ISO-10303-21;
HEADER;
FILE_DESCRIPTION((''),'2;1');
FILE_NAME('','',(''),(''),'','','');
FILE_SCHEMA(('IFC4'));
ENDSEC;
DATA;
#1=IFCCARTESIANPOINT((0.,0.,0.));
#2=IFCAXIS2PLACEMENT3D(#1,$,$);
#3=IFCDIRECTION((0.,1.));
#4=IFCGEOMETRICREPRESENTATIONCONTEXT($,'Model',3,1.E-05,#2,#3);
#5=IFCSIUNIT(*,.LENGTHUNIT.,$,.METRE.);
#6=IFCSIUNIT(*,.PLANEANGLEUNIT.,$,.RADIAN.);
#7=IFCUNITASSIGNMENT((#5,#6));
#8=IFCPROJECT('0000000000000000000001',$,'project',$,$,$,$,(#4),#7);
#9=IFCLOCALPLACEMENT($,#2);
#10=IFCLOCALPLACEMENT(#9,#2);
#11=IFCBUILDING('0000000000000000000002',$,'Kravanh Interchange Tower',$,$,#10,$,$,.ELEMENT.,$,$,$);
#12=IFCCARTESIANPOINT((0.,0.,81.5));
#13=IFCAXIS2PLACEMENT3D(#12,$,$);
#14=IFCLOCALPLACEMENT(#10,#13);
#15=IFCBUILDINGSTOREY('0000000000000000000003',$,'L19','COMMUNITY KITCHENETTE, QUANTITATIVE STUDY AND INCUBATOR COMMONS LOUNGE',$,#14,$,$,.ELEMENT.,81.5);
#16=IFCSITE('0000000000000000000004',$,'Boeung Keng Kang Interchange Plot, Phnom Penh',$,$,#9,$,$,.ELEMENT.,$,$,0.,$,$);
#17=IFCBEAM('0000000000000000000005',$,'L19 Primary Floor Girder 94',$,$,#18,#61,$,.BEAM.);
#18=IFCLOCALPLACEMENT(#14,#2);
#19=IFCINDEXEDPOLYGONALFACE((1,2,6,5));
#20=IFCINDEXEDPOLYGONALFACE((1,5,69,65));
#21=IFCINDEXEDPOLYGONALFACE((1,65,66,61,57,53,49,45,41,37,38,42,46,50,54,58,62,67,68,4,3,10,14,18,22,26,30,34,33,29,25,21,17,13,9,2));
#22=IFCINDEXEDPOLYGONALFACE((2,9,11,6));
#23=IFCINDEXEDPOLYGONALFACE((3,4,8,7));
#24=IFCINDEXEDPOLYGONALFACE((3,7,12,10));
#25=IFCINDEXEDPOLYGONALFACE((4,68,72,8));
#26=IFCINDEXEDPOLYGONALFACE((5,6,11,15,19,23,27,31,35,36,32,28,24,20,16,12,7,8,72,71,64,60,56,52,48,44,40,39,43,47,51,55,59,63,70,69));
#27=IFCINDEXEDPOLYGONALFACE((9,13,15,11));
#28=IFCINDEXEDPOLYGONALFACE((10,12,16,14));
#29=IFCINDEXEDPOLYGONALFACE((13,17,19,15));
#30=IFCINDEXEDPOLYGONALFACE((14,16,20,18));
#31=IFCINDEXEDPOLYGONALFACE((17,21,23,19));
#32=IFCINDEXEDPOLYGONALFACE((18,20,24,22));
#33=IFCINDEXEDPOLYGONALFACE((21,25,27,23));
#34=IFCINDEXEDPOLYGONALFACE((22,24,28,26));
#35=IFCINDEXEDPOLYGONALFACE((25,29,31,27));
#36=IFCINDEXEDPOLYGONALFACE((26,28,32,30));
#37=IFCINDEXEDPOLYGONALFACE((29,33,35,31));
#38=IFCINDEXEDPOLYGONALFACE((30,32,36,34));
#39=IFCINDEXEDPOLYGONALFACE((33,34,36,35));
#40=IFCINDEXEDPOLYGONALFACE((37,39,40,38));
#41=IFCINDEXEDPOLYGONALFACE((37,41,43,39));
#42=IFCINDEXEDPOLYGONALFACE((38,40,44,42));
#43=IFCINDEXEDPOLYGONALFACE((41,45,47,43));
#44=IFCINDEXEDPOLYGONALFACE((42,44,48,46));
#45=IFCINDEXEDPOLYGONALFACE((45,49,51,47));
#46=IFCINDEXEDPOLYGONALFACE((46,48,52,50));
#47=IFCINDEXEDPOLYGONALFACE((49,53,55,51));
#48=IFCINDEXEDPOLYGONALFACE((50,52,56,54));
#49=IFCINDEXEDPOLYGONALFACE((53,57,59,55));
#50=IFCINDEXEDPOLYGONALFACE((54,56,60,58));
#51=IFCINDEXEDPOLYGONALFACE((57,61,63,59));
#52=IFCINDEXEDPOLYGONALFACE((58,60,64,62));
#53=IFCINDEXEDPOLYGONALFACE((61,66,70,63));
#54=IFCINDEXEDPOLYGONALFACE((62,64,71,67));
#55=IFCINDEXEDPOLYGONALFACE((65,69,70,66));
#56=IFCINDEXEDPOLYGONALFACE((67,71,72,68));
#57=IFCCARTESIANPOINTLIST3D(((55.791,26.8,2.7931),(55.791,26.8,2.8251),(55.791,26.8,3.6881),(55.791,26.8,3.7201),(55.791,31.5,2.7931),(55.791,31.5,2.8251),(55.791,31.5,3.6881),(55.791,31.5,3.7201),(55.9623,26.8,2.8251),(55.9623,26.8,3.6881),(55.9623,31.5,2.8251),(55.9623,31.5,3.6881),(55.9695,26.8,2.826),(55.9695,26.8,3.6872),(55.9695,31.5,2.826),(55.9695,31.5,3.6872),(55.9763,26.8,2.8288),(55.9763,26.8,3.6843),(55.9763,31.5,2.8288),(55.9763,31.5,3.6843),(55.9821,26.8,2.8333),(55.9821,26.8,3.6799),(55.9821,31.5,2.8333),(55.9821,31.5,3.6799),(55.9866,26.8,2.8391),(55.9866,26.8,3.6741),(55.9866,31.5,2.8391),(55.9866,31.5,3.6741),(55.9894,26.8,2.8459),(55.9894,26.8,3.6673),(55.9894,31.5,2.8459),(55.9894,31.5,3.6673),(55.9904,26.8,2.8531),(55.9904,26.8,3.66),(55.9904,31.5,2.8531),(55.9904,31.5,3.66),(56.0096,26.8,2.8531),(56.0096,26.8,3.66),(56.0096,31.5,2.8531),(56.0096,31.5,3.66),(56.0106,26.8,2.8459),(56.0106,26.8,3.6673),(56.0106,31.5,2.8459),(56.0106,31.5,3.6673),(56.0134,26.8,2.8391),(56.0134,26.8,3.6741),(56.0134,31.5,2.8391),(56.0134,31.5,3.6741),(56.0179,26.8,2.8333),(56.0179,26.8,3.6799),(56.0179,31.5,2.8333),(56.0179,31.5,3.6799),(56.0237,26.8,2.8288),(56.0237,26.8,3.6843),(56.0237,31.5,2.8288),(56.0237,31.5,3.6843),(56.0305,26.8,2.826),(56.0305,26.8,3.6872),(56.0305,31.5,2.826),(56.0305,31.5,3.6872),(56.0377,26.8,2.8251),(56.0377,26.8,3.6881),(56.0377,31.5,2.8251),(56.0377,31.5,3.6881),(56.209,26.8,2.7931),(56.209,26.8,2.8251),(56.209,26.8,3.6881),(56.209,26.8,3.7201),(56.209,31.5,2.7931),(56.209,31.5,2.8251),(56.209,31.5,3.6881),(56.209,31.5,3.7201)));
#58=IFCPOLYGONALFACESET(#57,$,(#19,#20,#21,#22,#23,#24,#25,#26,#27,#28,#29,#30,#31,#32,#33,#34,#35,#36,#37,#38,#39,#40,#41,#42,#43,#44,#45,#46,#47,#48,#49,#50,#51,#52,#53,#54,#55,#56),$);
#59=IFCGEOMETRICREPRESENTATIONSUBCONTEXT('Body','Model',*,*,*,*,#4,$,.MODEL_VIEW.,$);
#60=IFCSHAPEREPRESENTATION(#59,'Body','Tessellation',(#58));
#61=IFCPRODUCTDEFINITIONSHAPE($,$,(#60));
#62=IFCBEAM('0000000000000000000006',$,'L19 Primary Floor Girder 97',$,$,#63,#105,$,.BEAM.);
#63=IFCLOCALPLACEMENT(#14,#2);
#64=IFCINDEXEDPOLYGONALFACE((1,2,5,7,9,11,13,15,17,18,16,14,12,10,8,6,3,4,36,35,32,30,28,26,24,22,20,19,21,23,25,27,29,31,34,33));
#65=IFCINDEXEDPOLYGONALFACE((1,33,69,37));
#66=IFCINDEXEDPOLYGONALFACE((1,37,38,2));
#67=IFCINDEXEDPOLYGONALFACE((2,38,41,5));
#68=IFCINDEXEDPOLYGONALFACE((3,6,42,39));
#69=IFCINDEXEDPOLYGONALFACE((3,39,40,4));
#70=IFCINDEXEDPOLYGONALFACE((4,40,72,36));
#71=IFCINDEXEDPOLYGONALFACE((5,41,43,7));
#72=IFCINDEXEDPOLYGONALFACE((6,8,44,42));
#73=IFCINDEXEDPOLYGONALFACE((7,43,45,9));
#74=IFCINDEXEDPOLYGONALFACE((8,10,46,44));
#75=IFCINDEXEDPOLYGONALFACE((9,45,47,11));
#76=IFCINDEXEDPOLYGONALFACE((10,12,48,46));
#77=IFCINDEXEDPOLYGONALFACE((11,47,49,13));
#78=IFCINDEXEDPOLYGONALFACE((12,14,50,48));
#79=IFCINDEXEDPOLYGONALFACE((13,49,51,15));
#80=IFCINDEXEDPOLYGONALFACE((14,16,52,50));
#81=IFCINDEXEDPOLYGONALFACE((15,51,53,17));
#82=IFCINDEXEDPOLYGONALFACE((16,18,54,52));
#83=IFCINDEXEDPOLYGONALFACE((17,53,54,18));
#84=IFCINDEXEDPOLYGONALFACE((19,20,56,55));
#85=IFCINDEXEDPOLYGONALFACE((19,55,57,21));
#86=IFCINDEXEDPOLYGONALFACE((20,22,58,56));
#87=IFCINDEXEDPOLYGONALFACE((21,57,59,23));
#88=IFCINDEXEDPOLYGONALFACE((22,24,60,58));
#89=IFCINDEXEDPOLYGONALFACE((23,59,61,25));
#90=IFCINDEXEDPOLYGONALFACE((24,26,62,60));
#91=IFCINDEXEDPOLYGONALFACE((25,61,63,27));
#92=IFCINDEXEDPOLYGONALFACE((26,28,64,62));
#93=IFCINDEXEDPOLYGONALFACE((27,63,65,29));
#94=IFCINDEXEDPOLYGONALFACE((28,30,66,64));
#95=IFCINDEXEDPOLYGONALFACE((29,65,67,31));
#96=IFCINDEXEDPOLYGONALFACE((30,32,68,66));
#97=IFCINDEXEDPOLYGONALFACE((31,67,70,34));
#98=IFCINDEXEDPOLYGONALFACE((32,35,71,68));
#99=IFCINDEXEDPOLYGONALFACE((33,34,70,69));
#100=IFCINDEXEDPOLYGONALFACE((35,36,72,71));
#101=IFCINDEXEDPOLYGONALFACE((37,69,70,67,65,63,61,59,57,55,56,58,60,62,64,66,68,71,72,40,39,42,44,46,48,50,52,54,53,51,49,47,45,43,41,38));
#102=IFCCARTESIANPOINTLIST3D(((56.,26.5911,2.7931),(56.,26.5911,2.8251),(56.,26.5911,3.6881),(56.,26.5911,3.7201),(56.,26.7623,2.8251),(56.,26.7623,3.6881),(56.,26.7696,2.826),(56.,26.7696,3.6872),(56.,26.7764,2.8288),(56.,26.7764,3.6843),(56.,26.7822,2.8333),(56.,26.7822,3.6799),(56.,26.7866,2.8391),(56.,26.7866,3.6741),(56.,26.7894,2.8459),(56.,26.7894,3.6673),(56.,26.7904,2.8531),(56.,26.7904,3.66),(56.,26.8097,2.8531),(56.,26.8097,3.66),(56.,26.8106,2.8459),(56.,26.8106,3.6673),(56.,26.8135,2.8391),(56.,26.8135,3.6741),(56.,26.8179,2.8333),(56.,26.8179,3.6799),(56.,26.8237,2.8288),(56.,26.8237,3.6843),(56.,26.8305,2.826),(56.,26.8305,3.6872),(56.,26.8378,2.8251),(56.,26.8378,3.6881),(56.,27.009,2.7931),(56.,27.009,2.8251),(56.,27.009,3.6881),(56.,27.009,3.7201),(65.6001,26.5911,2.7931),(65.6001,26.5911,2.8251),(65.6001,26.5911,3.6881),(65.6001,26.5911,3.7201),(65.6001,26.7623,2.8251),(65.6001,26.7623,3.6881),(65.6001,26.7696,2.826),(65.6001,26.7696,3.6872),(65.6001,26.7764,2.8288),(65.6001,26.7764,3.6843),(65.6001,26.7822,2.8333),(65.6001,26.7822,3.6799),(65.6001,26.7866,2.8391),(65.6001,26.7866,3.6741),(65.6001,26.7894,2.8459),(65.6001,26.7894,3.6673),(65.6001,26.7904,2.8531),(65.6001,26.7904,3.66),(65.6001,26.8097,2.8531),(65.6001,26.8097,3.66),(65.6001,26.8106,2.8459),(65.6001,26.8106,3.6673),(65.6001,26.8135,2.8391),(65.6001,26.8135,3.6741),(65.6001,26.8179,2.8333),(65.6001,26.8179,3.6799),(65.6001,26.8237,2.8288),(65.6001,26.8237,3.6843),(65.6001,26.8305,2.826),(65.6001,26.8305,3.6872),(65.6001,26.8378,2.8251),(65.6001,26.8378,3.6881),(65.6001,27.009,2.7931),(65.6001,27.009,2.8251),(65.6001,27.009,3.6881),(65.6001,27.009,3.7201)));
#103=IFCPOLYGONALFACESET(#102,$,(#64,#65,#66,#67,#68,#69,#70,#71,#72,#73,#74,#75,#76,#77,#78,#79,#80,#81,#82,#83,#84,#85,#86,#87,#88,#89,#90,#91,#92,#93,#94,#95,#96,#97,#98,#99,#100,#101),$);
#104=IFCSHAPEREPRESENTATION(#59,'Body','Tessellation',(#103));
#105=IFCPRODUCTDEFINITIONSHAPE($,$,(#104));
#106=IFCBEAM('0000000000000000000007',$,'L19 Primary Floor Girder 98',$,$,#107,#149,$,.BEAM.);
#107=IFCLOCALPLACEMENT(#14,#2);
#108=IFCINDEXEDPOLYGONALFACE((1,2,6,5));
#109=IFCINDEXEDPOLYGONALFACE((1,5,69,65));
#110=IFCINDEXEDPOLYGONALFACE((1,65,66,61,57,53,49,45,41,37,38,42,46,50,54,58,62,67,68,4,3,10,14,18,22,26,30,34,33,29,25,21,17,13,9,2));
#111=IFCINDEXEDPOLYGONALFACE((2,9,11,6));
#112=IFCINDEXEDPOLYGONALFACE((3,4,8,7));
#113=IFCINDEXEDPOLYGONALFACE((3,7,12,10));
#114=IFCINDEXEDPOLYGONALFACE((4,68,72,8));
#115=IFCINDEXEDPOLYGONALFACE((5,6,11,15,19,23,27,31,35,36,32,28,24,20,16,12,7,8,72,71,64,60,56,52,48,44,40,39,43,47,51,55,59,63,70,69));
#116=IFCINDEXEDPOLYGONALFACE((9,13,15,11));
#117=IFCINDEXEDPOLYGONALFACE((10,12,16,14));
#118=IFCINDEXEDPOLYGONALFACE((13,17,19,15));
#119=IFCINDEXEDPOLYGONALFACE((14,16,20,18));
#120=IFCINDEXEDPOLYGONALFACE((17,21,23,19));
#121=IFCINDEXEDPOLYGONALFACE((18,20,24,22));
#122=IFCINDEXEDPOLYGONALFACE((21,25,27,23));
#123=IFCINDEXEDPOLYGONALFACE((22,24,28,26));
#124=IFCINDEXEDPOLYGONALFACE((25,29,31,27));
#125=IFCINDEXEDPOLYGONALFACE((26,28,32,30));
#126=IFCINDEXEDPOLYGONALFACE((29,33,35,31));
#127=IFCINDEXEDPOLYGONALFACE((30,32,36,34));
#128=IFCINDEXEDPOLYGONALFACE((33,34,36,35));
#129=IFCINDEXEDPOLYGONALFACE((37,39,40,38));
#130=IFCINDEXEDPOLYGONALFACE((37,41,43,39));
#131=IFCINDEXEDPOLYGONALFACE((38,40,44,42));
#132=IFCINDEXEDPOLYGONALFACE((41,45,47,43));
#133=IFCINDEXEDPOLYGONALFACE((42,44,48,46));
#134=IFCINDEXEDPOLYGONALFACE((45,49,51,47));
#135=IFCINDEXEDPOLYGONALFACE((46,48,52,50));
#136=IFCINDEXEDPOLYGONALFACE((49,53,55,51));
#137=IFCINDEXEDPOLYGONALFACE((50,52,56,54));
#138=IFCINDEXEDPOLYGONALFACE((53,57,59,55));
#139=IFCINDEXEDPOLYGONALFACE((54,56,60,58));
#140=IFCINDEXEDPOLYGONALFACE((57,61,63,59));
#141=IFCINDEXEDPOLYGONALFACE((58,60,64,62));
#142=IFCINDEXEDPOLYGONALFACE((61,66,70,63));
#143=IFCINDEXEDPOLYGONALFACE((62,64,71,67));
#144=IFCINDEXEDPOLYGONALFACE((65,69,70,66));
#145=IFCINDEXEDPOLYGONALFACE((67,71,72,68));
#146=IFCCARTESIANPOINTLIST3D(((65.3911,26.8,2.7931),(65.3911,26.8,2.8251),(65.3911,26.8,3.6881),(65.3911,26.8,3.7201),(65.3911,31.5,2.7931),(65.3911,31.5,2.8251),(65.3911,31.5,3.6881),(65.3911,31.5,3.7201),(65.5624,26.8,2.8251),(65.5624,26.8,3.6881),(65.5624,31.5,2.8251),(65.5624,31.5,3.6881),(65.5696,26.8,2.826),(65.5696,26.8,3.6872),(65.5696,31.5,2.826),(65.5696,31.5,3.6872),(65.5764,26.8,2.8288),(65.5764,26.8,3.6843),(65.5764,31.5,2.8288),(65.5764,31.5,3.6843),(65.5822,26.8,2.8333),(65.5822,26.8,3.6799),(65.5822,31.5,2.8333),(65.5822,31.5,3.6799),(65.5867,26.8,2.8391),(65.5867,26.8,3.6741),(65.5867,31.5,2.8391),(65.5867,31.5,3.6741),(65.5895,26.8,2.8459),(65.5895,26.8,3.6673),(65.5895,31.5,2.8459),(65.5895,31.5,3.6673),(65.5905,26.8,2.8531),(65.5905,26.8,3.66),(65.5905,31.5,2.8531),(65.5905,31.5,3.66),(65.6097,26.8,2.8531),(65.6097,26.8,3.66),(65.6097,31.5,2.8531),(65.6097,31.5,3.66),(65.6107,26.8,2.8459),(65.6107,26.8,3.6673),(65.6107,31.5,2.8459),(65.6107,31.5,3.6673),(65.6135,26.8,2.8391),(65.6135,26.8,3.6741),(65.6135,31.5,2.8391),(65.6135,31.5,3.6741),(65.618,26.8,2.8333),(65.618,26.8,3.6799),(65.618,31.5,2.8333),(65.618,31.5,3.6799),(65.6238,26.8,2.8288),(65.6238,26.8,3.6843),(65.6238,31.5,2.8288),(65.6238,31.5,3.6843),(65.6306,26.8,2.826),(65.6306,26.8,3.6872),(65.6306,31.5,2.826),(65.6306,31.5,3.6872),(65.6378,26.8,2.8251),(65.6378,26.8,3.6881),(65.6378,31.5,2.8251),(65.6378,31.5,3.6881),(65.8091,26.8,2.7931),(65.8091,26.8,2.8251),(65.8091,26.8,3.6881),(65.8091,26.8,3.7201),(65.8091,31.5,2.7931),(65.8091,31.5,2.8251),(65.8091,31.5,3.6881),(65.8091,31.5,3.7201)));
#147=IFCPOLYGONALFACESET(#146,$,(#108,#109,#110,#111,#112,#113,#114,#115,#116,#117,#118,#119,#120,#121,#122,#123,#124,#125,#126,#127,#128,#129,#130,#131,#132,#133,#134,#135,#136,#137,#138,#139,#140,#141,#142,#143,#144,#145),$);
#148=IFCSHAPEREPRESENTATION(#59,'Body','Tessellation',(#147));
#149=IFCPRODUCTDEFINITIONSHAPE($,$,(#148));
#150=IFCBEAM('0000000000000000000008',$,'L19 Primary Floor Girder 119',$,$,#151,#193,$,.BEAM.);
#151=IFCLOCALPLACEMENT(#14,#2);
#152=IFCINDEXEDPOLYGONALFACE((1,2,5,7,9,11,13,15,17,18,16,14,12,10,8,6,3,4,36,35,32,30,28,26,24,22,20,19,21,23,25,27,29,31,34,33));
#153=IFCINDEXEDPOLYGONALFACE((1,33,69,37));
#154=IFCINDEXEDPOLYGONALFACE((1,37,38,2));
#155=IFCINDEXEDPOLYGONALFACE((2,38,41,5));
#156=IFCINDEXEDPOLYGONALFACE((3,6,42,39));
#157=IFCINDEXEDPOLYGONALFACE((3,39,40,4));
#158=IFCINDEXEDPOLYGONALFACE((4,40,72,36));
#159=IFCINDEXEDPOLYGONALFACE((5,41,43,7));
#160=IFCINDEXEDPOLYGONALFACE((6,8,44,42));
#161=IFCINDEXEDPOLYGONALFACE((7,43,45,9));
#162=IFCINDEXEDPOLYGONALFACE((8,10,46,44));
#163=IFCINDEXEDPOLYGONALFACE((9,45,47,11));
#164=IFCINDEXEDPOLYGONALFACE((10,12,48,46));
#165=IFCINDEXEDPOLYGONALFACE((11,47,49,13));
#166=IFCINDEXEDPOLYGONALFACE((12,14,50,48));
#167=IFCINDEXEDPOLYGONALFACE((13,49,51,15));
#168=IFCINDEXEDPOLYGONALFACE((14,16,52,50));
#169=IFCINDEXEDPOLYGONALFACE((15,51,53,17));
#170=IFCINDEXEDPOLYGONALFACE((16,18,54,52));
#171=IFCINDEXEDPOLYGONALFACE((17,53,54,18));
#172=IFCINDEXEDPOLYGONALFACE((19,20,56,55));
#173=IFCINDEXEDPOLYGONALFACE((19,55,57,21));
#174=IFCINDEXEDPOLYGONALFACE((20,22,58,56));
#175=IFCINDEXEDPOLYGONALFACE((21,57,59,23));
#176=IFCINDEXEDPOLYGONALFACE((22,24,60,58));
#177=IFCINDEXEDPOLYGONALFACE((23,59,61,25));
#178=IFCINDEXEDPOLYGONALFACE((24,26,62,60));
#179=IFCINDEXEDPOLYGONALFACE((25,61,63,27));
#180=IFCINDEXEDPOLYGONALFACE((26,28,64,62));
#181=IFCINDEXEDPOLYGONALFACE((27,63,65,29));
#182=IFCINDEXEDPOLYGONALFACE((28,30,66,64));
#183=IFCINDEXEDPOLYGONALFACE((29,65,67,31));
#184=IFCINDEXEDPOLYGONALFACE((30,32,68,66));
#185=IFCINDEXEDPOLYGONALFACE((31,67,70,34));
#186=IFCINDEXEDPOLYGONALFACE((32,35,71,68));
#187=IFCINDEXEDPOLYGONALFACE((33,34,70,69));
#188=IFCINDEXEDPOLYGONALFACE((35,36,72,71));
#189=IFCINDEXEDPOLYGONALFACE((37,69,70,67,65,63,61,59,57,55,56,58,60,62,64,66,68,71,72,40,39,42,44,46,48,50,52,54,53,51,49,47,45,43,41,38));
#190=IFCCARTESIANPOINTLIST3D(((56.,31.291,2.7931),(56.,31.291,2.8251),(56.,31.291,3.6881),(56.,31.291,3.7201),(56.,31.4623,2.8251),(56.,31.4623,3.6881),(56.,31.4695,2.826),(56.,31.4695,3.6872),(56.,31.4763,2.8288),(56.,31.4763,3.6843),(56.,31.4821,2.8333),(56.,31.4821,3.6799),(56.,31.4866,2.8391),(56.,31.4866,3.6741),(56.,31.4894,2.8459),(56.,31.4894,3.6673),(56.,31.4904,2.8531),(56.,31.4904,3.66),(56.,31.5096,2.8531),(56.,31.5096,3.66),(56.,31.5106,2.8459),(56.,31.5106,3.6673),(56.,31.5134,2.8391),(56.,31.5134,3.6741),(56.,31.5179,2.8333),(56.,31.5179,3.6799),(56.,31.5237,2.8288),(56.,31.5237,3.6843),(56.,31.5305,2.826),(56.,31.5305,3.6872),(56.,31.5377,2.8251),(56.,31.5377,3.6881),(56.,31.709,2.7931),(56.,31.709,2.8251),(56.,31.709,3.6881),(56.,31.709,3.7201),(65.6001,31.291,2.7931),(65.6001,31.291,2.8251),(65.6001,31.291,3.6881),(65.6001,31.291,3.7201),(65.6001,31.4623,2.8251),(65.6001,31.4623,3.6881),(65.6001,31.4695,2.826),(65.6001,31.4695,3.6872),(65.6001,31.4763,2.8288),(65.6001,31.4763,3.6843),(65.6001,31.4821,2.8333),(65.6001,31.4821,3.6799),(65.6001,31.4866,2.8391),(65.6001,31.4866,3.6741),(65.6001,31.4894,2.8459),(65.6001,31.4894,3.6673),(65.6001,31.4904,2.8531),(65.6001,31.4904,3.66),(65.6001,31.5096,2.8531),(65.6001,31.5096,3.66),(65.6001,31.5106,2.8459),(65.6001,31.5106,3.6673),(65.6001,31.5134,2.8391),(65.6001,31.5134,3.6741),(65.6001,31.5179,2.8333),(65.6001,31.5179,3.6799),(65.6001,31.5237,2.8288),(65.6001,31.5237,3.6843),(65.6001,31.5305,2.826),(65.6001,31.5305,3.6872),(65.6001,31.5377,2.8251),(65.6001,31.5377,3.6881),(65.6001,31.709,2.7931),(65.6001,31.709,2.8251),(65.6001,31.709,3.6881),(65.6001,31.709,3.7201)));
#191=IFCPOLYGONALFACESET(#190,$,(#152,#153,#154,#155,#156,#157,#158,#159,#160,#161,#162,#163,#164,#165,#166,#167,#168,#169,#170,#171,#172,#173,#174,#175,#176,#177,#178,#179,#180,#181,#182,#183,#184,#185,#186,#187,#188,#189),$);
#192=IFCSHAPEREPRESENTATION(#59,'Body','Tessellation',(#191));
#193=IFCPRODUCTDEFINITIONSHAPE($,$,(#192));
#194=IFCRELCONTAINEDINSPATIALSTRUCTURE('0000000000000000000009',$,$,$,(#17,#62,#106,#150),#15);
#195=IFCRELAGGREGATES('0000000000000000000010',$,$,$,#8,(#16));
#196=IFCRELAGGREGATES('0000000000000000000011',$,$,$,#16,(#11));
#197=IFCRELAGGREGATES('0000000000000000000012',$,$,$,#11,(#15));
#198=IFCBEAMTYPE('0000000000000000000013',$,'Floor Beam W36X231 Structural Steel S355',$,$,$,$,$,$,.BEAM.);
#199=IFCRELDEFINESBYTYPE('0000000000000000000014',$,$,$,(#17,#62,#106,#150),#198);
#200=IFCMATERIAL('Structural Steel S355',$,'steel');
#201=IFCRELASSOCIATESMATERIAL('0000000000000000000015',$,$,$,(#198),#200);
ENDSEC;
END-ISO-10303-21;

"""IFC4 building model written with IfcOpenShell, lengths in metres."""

from ifc_helpers import new_model, si_unit, direction, frame, origin, origin_2d, place, context, subcontext, project, spatial, i_section, extrude, material, material_profile, profile_set, type_object, element, save


model = new_model("IFC4")

# Units and contexts
model_context = context("Model", 3, precision=1e-05, world=origin(), true_north=direction((0.0, 1.0)))
body_context = subcontext(model_context, "Body", "Model", "MODEL_VIEW")
ifc_project = project(units=[si_unit("LENGTHUNIT", "METRE"), si_unit("PLANEANGLEUNIT", "RADIAN")], contexts=[model_context])

# Site, building, storey
site_placement = place(None, origin())
site = spatial("IfcSite", under=ifc_project, at=site_placement, Name="Boeung Keng Kang Interchange Plot, Phnom Penh", CompositionType="ELEMENT", RefElevation=0.0)
building_placement = place(site_placement, origin())
building = spatial("IfcBuilding", under=site, at=building_placement, Name="Kravanh Interchange Tower", CompositionType="ELEMENT")
storey_placement = place(building_placement, frame((0.0, 0.0, 81.5)))
storey = spatial("IfcBuildingStorey", under=building, at=storey_placement, Name="L19", Description="COMMUNITY KITCHENETTE, QUANTITATIVE STUDY AND INCUBATOR COMMONS LOUNGE", CompositionType="ELEMENT", Elevation=81.5)

# Beams
ifc_material_1 = material(Name="Structural Steel S355", Category="steel")
ifc_material_profile_1 = material_profile(ifc_material_1, i_section(OverallWidth=0.418, OverallDepth=0.927, WebThickness=0.0193, FlangeThickness=0.032, FilletRadius=0.0281, at=origin_2d()), Name="W36X231")
ifc_profile_set_1 = profile_set([ifc_material_profile_1], Name="Structural Steel S355")
beam_type_1 = type_object("IfcBeamType", Name="Floor Beam W36X231 Structural Steel S355", PredefinedType="BEAM", material=ifc_profile_set_1)
beam_1_placement = place(storey_placement, frame((56.0, 26.8, 3.2566), z_axis=(0.0, 1.0, 0.0), x_axis=(-1.0, 0.0, 0.0)))
element("IfcBeam", 1, at=beam_1_placement, inside=storey, type_object=beam_type_1, Name="L19 Primary Floor Girder 94", PredefinedType="BEAM", context=body_context, shape_type="SweptSolid", body=[
    extrude(i_section(OverallWidth=0.418, OverallDepth=0.927, WebThickness=0.0193, FlangeThickness=0.032, FilletRadius=0.0281, at=origin_2d()), origin(), (0.0, 0.0, 1.0), 4.7),
])
beam_2_placement = place(storey_placement, frame((56.0, 26.8, 3.2566), z_axis=(1.0, 0.0, 0.0), x_axis=(0.0, 1.0, 0.0)))
element("IfcBeam", 2, at=beam_2_placement, inside=storey, type_object=beam_type_1, Name="L19 Primary Floor Girder 97", PredefinedType="BEAM", context=body_context, shape_type="SweptSolid", body=[
    extrude(i_section(OverallWidth=0.418, OverallDepth=0.927, WebThickness=0.0193, FlangeThickness=0.032, FilletRadius=0.0281, at=origin_2d()), origin(), (0.0, 0.0, 1.0), 9.6001),
])
beam_3_placement = place(storey_placement, frame((65.6001, 26.8, 3.2566), z_axis=(0.0, 1.0, 0.0), x_axis=(-1.0, 0.0, 0.0)))
element("IfcBeam", 3, at=beam_3_placement, inside=storey, type_object=beam_type_1, Name="L19 Primary Floor Girder 98", PredefinedType="BEAM", context=body_context, shape_type="SweptSolid", body=[
    extrude(i_section(OverallWidth=0.418, OverallDepth=0.927, WebThickness=0.0193, FlangeThickness=0.032, FilletRadius=0.0281, at=origin_2d()), origin(), (0.0, 0.0, 1.0), 4.7),
])
beam_4_placement = place(storey_placement, frame((56.0, 31.5, 3.2566), z_axis=(1.0, 0.0, 0.0), x_axis=(0.0, 1.0, 0.0)))
element("IfcBeam", 4, at=beam_4_placement, inside=storey, type_object=beam_type_1, Name="L19 Primary Floor Girder 119", PredefinedType="BEAM", context=body_context, shape_type="SweptSolid", body=[
    extrude(i_section(OverallWidth=0.418, OverallDepth=0.927, WebThickness=0.0193, FlangeThickness=0.032, FilletRadius=0.0281, at=origin_2d()), origin(), (0.0, 0.0, 1.0), 9.6001),
])

save(model, "model.ifc")
